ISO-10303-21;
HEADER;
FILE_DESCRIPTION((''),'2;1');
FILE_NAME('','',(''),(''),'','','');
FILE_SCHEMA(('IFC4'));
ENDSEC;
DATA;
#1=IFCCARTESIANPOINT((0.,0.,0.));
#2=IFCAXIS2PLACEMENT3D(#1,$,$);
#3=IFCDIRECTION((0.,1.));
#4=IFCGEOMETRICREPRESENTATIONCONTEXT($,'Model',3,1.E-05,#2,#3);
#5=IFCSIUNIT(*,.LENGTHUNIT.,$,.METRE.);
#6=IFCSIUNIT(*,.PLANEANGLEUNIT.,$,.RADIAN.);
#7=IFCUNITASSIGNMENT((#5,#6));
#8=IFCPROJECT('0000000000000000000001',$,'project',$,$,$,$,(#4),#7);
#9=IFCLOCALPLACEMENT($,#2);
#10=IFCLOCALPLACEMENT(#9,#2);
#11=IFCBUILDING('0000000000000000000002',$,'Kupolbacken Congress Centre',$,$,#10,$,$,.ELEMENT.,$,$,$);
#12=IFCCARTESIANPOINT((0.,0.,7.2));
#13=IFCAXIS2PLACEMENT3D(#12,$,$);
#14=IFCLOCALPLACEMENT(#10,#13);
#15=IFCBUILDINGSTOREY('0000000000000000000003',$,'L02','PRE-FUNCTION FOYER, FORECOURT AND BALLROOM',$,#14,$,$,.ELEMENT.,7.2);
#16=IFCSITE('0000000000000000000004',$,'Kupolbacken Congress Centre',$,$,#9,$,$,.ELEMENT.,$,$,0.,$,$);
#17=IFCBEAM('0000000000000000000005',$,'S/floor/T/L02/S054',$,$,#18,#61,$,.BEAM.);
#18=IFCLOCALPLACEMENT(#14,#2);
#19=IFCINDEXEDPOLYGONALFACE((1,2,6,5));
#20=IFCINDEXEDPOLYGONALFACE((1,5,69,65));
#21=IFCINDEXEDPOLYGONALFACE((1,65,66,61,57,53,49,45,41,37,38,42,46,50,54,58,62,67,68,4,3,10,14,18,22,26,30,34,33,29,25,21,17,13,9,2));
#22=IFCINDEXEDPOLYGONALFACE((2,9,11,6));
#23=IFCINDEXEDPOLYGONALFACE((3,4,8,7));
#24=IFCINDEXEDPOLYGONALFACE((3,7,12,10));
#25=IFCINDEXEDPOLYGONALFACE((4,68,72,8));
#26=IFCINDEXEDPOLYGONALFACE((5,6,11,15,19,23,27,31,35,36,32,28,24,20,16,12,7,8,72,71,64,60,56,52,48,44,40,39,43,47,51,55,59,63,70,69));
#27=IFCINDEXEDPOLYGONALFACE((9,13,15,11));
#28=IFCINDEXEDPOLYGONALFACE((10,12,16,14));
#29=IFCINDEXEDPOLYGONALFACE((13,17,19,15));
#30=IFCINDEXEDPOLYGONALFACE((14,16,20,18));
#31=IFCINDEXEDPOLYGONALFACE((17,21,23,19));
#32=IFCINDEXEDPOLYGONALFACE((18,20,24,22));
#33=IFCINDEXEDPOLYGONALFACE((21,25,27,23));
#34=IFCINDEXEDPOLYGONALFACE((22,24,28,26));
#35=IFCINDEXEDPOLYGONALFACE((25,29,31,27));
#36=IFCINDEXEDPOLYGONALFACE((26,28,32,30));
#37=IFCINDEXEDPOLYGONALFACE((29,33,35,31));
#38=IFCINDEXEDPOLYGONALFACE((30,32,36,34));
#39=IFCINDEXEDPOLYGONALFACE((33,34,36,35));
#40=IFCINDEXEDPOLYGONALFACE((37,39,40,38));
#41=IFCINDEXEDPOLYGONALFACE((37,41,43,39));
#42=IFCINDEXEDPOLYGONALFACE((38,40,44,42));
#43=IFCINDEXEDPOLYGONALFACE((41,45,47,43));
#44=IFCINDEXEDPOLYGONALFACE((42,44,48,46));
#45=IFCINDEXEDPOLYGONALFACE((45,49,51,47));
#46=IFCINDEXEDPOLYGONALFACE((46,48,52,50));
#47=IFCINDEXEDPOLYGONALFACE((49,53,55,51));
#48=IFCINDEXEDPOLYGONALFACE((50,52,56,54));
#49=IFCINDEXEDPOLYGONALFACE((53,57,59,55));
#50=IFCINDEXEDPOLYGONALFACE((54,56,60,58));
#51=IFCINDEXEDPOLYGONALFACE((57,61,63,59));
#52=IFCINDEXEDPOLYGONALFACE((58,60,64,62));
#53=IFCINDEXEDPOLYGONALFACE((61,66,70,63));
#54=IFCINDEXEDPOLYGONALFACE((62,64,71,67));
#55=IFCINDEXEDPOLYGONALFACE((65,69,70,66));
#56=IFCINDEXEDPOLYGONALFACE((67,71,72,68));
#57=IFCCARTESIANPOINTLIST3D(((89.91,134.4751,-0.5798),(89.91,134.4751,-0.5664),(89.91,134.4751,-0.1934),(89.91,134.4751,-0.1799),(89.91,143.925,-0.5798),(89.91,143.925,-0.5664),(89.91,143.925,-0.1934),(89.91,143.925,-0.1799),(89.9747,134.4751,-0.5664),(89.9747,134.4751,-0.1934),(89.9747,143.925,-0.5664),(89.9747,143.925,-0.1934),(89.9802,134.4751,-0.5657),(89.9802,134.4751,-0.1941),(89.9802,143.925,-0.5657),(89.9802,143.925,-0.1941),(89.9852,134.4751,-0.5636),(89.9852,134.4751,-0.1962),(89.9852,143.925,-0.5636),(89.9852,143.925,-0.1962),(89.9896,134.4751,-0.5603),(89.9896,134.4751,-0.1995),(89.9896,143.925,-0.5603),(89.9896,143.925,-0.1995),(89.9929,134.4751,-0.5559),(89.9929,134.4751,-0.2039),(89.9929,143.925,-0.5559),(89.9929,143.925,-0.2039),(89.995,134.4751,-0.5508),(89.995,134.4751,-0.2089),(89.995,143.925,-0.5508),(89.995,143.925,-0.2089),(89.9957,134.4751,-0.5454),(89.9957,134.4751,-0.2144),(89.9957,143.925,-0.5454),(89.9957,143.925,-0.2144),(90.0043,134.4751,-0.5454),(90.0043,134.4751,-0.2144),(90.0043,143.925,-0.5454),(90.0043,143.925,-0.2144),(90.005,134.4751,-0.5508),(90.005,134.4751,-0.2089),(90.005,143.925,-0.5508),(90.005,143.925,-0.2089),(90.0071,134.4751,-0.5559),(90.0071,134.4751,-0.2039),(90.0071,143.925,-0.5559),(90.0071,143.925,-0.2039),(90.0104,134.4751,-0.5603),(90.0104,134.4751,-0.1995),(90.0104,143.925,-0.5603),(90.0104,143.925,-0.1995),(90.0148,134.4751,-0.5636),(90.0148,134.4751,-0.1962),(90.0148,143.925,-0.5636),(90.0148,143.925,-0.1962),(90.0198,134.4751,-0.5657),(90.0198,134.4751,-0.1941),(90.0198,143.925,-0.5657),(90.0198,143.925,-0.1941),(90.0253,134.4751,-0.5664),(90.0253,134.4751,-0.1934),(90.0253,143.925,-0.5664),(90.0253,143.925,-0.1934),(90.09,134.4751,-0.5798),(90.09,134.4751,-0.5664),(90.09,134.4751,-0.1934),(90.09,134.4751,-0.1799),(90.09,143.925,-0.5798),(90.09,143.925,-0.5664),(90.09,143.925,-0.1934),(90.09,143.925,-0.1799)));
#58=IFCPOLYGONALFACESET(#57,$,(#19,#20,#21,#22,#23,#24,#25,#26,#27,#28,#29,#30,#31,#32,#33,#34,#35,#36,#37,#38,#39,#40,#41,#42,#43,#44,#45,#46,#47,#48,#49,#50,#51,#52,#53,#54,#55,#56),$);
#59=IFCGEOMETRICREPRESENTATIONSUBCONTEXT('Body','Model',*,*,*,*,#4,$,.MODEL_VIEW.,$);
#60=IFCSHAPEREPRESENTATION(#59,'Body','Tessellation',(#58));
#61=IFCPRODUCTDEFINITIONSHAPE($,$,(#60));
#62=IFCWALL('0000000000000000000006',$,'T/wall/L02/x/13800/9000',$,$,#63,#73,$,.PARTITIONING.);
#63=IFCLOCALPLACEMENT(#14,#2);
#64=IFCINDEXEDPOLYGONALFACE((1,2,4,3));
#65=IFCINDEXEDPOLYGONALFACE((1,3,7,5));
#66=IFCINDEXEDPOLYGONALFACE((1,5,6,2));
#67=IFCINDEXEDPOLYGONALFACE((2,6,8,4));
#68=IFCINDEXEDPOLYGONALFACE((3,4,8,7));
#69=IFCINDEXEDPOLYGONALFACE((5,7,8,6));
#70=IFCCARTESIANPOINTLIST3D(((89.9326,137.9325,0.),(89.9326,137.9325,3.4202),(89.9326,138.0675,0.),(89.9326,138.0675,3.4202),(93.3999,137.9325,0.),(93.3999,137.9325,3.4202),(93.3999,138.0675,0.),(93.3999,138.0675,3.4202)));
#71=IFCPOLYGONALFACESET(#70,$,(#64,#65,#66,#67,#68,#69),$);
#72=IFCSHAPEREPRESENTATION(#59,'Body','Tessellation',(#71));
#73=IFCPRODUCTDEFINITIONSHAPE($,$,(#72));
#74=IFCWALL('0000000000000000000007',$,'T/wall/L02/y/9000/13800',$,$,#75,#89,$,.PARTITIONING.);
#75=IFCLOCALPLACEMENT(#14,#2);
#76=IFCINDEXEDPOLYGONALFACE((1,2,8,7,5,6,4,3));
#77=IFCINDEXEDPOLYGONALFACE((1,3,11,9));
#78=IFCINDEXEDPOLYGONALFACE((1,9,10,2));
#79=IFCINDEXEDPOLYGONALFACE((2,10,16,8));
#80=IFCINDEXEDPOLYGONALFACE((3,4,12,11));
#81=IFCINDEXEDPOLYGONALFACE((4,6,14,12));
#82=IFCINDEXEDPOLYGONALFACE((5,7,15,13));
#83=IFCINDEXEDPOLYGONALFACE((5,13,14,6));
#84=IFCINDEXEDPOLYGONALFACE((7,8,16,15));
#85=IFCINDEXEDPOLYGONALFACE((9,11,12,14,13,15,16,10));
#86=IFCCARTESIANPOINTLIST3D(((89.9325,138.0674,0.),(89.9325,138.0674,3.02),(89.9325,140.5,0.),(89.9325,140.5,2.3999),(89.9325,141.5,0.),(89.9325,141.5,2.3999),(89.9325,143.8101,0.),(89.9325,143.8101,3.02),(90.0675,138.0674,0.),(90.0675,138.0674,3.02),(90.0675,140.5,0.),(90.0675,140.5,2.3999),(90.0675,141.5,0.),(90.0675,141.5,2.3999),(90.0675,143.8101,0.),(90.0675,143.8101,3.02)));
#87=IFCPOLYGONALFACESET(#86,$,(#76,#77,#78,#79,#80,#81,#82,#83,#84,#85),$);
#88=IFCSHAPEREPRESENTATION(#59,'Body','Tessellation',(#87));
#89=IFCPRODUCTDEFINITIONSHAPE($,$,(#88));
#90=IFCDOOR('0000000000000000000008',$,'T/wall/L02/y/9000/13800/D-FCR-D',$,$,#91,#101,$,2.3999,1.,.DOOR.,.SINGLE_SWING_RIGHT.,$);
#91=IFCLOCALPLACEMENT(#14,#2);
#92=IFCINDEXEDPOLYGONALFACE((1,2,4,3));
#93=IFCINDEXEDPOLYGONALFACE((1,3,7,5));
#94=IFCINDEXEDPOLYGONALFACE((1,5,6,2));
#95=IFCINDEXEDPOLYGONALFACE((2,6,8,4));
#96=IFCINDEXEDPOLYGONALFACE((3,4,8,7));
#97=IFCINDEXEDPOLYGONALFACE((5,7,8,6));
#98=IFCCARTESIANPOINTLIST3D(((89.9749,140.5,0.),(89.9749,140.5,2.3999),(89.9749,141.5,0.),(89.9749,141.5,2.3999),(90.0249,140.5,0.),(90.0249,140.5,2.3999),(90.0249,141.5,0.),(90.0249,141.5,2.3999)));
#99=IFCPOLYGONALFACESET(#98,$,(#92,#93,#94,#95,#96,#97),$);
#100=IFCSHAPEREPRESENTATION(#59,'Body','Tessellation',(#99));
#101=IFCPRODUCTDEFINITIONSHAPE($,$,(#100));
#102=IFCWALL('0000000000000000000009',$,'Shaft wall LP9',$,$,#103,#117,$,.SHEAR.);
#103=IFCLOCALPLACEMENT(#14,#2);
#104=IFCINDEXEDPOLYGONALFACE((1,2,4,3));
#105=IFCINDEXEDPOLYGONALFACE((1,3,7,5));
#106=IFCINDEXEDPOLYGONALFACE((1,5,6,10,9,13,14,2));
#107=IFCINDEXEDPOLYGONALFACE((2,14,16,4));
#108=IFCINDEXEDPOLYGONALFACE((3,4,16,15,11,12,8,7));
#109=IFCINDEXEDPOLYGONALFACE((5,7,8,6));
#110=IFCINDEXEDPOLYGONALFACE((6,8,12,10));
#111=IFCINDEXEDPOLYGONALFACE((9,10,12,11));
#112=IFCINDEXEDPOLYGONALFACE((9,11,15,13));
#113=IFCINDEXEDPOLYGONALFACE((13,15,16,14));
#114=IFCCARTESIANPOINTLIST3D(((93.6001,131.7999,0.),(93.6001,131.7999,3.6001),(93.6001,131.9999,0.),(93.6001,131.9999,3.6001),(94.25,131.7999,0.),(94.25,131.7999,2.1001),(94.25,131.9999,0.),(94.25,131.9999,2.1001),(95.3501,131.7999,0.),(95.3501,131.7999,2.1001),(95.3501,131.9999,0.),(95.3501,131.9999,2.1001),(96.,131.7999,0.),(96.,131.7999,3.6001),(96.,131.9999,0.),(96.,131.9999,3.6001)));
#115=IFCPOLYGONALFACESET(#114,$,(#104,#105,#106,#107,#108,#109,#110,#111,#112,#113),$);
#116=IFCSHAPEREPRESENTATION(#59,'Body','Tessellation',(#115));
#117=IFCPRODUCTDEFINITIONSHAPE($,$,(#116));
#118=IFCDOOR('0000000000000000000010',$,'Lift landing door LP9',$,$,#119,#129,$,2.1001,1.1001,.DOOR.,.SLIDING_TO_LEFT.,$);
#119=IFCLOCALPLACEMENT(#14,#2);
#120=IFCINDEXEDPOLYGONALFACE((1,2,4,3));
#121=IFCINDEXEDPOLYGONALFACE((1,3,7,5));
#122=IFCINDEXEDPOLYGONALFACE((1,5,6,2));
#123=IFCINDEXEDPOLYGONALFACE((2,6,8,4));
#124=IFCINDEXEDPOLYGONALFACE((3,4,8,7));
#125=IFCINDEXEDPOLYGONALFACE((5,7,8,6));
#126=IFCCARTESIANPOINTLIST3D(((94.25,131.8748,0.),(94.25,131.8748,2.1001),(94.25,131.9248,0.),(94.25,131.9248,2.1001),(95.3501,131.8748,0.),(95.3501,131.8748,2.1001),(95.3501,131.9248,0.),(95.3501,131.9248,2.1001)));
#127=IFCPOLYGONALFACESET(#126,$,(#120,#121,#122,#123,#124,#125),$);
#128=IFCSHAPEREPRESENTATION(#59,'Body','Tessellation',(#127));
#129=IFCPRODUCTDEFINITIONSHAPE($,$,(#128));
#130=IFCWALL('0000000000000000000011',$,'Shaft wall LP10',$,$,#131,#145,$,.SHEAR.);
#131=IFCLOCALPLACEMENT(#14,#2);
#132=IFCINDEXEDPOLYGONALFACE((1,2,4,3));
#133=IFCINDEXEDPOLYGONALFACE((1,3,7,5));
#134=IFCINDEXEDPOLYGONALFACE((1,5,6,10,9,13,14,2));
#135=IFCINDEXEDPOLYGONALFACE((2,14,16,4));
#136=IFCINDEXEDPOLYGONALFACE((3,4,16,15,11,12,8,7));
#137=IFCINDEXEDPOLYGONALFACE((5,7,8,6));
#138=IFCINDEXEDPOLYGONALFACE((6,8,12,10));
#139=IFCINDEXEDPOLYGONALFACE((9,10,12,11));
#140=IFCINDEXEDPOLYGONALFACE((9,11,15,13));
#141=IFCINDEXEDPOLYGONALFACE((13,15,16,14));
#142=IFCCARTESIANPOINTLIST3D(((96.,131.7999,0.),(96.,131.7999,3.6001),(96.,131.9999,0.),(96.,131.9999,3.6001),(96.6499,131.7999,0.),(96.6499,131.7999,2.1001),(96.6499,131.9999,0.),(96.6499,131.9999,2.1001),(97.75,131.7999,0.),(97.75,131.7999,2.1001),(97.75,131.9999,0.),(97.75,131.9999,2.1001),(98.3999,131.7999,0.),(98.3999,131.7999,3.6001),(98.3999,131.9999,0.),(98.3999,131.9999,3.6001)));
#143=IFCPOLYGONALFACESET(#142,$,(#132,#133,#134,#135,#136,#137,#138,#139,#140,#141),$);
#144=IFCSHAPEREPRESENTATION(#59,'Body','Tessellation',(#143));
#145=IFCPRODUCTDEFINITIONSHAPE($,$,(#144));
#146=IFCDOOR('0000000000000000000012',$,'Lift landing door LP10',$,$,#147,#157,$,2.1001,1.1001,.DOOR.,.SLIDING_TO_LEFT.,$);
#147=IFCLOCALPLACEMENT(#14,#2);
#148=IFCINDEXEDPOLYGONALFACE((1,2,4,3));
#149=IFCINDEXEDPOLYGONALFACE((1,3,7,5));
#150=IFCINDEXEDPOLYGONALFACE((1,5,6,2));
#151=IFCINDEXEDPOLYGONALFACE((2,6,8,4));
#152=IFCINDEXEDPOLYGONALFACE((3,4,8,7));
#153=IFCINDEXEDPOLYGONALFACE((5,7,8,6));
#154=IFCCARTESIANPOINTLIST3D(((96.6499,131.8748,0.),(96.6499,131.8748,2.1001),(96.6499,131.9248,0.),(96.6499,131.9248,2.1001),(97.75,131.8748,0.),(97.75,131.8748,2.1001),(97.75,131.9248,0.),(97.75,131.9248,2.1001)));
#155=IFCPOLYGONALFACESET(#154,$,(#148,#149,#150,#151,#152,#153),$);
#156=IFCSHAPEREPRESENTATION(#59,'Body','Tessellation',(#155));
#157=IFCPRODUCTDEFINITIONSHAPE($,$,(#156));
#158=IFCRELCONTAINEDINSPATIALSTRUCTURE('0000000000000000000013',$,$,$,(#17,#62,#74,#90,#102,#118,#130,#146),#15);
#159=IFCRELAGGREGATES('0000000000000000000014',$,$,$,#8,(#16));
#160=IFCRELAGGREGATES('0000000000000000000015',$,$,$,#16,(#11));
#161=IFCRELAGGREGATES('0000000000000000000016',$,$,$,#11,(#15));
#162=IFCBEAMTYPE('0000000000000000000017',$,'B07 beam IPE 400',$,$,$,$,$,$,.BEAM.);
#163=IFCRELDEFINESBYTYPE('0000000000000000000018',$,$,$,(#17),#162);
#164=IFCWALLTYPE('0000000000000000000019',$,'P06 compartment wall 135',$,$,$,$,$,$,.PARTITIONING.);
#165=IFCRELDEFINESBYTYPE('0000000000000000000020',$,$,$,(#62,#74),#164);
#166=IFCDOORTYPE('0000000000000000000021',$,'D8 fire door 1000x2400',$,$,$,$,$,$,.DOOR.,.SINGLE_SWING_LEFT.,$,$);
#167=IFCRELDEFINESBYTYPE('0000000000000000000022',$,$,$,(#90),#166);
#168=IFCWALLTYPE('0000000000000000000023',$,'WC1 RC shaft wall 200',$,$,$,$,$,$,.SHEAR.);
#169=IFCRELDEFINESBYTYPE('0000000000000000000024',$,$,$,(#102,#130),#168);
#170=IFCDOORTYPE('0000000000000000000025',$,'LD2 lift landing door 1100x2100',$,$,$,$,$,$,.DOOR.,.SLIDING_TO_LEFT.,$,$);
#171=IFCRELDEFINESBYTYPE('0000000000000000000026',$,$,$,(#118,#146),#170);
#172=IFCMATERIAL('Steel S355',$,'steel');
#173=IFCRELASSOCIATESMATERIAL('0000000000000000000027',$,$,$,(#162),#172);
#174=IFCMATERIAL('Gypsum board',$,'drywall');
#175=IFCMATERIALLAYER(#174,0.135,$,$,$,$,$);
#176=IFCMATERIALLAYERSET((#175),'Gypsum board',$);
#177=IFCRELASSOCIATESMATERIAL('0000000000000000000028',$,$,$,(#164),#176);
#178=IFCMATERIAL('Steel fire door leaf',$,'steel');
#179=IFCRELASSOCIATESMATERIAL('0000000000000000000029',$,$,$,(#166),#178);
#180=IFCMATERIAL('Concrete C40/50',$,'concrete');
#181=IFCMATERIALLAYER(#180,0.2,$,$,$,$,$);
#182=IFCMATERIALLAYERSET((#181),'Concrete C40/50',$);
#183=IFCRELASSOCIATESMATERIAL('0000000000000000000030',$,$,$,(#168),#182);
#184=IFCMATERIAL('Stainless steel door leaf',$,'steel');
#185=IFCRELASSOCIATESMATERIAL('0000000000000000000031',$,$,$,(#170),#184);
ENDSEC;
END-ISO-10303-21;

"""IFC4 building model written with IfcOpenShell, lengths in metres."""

from ifc_helpers import new_model, si_unit, direction, frame, frame_2d, origin, origin_2d, place, context, subcontext, project, spatial, rectangle, i_section, extrude, material, layer, layer_set, material_profile, profile_set, type_object, element, fill, save


model = new_model("IFC4")

# Units and contexts
model_context = context("Model", 3, precision=1e-05, world=origin(), true_north=direction((0.0, 1.0)))
body_context = subcontext(model_context, "Body", "Model", "MODEL_VIEW")
ifc_project = project(units=[si_unit("LENGTHUNIT", "METRE"), si_unit("PLANEANGLEUNIT", "RADIAN")], contexts=[model_context])

# Site, building, storey
site_placement = place(None, origin())
site = spatial("IfcSite", under=ifc_project, at=site_placement, Name="Kupolbacken Congress Centre", CompositionType="ELEMENT", RefElevation=0.0)
building_placement = place(site_placement, origin())
building = spatial("IfcBuilding", under=site, at=building_placement, Name="Kupolbacken Congress Centre", CompositionType="ELEMENT")
storey_placement = place(building_placement, frame((0.0, 0.0, 7.2)))
storey = spatial("IfcBuildingStorey", under=building, at=storey_placement, Name="L02", Description="PRE-FUNCTION FOYER, FORECOURT AND BALLROOM", CompositionType="ELEMENT", Elevation=7.2)

# Beam
ifc_material_1 = material(Name="Steel S355", Category="steel")
ifc_material_profile_1 = material_profile(ifc_material_1, i_section(OverallWidth=0.1799, OverallDepth=0.3999, WebThickness=0.0085, FlangeThickness=0.0134, FilletRadius=0.021, at=origin_2d()), Name="IPE 400")
ifc_profile_set_1 = profile_set([ifc_material_profile_1], Name="Steel S355")
beam_type_1 = type_object("IfcBeamType", Name="B07 beam IPE 400", PredefinedType="BEAM", material=ifc_profile_set_1)
beam_1_placement = place(storey_placement, frame((90.0, 134.4751, -0.3799), z_axis=(0.0, 1.0, 0.0), x_axis=(-1.0, 0.0, 0.0)))
element("IfcBeam", 1, at=beam_1_placement, inside=storey, type_object=beam_type_1, Name="S/floor/T/L02/S054", PredefinedType="BEAM", context=body_context, shape_type="SweptSolid", body=[
    extrude(i_section(OverallWidth=0.1799, OverallDepth=0.3999, WebThickness=0.0085, FlangeThickness=0.0134, FilletRadius=0.021, at=origin_2d()), origin(), (0.0, 0.0, 1.0), 9.45),
])

# Wall
ifc_material_2 = material(Name="Gypsum board", Category="drywall")
ifc_layer_1 = layer(ifc_material_2, 0.135)
ifc_layer_set_1 = layer_set([ifc_layer_1], Name="Gypsum board")
wall_type_1 = type_object("IfcWallType", Name="P06 compartment wall 135", PredefinedType="PARTITIONING", material=ifc_layer_set_1)
wall_1_placement = place(storey_placement, frame((89.9326, 138.0, 0.0), z_axis=(0.0, 0.0, 1.0), x_axis=(1.0, 0.0, 0.0)))
element("IfcWall", 2, at=wall_1_placement, inside=storey, type_object=wall_type_1, Name="T/wall/L02/x/13800/9000", PredefinedType="PARTITIONING", context=body_context, shape_type="SweptSolid", body=[
    extrude(rectangle(XDim=3.4673, YDim=0.135, at=frame_2d((1.7336, 0.0))), origin(), (0.0, 0.0, 1.0), 3.4202),
])

# Walls, openings, doors
wall_2_placement = place(storey_placement, frame((90.0, 138.0674, 0.0), z_axis=(0.0, 0.0, 1.0), x_axis=(0.0, 1.0, 0.0)))
wall_2 = element("IfcWall", 3, at=wall_2_placement, inside=storey, type_object=wall_type_1, Name="T/wall/L02/y/9000/13800", PredefinedType="PARTITIONING", context=body_context, shape_type="SweptSolid", body=[
    extrude(rectangle(XDim=5.7427, YDim=0.135, at=frame_2d((2.8713, 0.0))), origin(), (0.0, 0.0, 1.0), 3.02),
])
opening_1_placement = place(wall_2_placement, frame((2.4326, 0.0, 0.0)))
opening_1 = element("IfcOpeningElement", 4, at=opening_1_placement, cuts=wall_2, PredefinedType="OPENING", context=body_context, shape_type="SweptSolid", body=[
    extrude(rectangle(XDim=1.0, YDim=2.3999, at=frame_2d((0.5, 1.2))), frame((0.0, 0.0774, 0.0), z_axis=(0.0, -1.0, 0.0), x_axis=(1.0, 0.0, 0.0)), (0.0, 0.0, 1.0), 0.155),
])
ifc_material_3 = material(Name="Steel fire door leaf", Category="steel")
door_type_1 = type_object("IfcDoorType", Name="D8 fire door 1000x2400", OperationType="SINGLE_SWING_LEFT", PredefinedType="DOOR", material=ifc_material_3)
door_1_placement = place(opening_1_placement, frame((1.0, 0.0, 0.0), z_axis=(0.0, 0.0, 1.0), x_axis=(-1.0, 0.0, 0.0)))
door_1 = element("IfcDoor", 5, at=door_1_placement, inside=storey, type_object=door_type_1, Name="T/wall/L02/y/9000/13800/D-FCR-D", OperationType="SINGLE_SWING_RIGHT", OverallHeight=2.3999, OverallWidth=1.0, PredefinedType="DOOR", context=body_context, shape_type="SweptSolid", body=[
    extrude(rectangle(XDim=1.0, YDim=2.3999, at=frame_2d((0.5, 1.2))), frame((0.0, 0.0249, 0.0), z_axis=(0.0, -1.0, 0.0), x_axis=(1.0, 0.0, 0.0)), (0.0, 0.0, 1.0), 0.05),
])
fill(opening_1, door_1)
ifc_material_4 = material(Name="Concrete C40/50", Category="concrete")
ifc_layer_2 = layer(ifc_material_4, 0.2)
ifc_layer_set_2 = layer_set([ifc_layer_2], Name="Concrete C40/50")
wall_type_2 = type_object("IfcWallType", Name="WC1 RC shaft wall 200", PredefinedType="SHEAR", material=ifc_layer_set_2)
wall_3_placement = place(storey_placement, frame((93.6001, 131.8999, 0.0), z_axis=(0.0, 0.0, 1.0), x_axis=(1.0, 0.0, 0.0)))
wall_3 = element("IfcWall", 6, at=wall_3_placement, inside=storey, type_object=wall_type_2, Name="Shaft wall LP9", PredefinedType="SHEAR", context=body_context, shape_type="SweptSolid", body=[
    extrude(rectangle(XDim=2.3999, YDim=0.2, at=frame_2d((1.2, 0.0))), origin(), (0.0, 0.0, 1.0), 3.6001),
])
opening_2_placement = place(wall_3_placement, frame((0.6499, 0.0, 0.0)))
opening_2 = element("IfcOpeningElement", 7, at=opening_2_placement, cuts=wall_3, PredefinedType="OPENING", context=body_context, shape_type="SweptSolid", body=[
    extrude(rectangle(XDim=1.1001, YDim=2.1001, at=frame_2d((0.55, 1.05))), frame((0.0, 0.1099, 0.0), z_axis=(0.0, -1.0, 0.0), x_axis=(1.0, 0.0, 0.0)), (0.0, 0.0, 1.0), 0.22),
])
ifc_material_5 = material(Name="Stainless steel door leaf", Category="steel")
door_type_2 = type_object("IfcDoorType", Name="LD2 lift landing door 1100x2100", OperationType="SLIDING_TO_LEFT", PredefinedType="DOOR", material=ifc_material_5)
door_2_placement = place(opening_2_placement, origin())
door_2 = element("IfcDoor", 8, at=door_2_placement, inside=storey, type_object=door_type_2, Name="Lift landing door LP9", OperationType="SLIDING_TO_LEFT", OverallHeight=2.1001, OverallWidth=1.1001, PredefinedType="DOOR", context=body_context, shape_type="SweptSolid", body=[
    extrude(rectangle(XDim=1.1001, YDim=2.1001, at=frame_2d((0.55, 1.05))), frame((0.0, 0.0249, 0.0), z_axis=(0.0, -1.0, 0.0), x_axis=(1.0, 0.0, 0.0)), (0.0, 0.0, 1.0), 0.05),
])
fill(opening_2, door_2)
wall_4_placement = place(storey_placement, frame((96.0, 131.8999, 0.0), z_axis=(0.0, 0.0, 1.0), x_axis=(1.0, 0.0, 0.0)))
wall_4 = element("IfcWall", 9, at=wall_4_placement, inside=storey, type_object=wall_type_2, Name="Shaft wall LP10", PredefinedType="SHEAR", context=body_context, shape_type="SweptSolid", body=[
    extrude(rectangle(XDim=2.3999, YDim=0.2, at=frame_2d((1.2, 0.0))), origin(), (0.0, 0.0, 1.0), 3.6001),
])
opening_3_placement = place(wall_4_placement, frame((0.6499, 0.0, 0.0)))
opening_3 = element("IfcOpeningElement", 10, at=opening_3_placement, cuts=wall_4, PredefinedType="OPENING", context=body_context, shape_type="SweptSolid", body=[
    extrude(rectangle(XDim=1.1001, YDim=2.1001, at=frame_2d((0.55, 1.05))), frame((0.0, 0.1099, 0.0), z_axis=(0.0, -1.0, 0.0), x_axis=(1.0, 0.0, 0.0)), (0.0, 0.0, 1.0), 0.22),
])
door_3_placement = place(opening_3_placement, origin())
door_3 = element("IfcDoor", 11, at=door_3_placement, inside=storey, type_object=door_type_2, Name="Lift landing door LP10", OperationType="SLIDING_TO_LEFT", OverallHeight=2.1001, OverallWidth=1.1001, PredefinedType="DOOR", context=body_context, shape_type="SweptSolid", body=[
    extrude(rectangle(XDim=1.1001, YDim=2.1001, at=frame_2d((0.55, 1.05))), frame((0.0, 0.0249, 0.0), z_axis=(0.0, -1.0, 0.0), x_axis=(1.0, 0.0, 0.0)), (0.0, 0.0, 1.0), 0.05),
])
fill(opening_3, door_3)

save(model, "model.ifc")
